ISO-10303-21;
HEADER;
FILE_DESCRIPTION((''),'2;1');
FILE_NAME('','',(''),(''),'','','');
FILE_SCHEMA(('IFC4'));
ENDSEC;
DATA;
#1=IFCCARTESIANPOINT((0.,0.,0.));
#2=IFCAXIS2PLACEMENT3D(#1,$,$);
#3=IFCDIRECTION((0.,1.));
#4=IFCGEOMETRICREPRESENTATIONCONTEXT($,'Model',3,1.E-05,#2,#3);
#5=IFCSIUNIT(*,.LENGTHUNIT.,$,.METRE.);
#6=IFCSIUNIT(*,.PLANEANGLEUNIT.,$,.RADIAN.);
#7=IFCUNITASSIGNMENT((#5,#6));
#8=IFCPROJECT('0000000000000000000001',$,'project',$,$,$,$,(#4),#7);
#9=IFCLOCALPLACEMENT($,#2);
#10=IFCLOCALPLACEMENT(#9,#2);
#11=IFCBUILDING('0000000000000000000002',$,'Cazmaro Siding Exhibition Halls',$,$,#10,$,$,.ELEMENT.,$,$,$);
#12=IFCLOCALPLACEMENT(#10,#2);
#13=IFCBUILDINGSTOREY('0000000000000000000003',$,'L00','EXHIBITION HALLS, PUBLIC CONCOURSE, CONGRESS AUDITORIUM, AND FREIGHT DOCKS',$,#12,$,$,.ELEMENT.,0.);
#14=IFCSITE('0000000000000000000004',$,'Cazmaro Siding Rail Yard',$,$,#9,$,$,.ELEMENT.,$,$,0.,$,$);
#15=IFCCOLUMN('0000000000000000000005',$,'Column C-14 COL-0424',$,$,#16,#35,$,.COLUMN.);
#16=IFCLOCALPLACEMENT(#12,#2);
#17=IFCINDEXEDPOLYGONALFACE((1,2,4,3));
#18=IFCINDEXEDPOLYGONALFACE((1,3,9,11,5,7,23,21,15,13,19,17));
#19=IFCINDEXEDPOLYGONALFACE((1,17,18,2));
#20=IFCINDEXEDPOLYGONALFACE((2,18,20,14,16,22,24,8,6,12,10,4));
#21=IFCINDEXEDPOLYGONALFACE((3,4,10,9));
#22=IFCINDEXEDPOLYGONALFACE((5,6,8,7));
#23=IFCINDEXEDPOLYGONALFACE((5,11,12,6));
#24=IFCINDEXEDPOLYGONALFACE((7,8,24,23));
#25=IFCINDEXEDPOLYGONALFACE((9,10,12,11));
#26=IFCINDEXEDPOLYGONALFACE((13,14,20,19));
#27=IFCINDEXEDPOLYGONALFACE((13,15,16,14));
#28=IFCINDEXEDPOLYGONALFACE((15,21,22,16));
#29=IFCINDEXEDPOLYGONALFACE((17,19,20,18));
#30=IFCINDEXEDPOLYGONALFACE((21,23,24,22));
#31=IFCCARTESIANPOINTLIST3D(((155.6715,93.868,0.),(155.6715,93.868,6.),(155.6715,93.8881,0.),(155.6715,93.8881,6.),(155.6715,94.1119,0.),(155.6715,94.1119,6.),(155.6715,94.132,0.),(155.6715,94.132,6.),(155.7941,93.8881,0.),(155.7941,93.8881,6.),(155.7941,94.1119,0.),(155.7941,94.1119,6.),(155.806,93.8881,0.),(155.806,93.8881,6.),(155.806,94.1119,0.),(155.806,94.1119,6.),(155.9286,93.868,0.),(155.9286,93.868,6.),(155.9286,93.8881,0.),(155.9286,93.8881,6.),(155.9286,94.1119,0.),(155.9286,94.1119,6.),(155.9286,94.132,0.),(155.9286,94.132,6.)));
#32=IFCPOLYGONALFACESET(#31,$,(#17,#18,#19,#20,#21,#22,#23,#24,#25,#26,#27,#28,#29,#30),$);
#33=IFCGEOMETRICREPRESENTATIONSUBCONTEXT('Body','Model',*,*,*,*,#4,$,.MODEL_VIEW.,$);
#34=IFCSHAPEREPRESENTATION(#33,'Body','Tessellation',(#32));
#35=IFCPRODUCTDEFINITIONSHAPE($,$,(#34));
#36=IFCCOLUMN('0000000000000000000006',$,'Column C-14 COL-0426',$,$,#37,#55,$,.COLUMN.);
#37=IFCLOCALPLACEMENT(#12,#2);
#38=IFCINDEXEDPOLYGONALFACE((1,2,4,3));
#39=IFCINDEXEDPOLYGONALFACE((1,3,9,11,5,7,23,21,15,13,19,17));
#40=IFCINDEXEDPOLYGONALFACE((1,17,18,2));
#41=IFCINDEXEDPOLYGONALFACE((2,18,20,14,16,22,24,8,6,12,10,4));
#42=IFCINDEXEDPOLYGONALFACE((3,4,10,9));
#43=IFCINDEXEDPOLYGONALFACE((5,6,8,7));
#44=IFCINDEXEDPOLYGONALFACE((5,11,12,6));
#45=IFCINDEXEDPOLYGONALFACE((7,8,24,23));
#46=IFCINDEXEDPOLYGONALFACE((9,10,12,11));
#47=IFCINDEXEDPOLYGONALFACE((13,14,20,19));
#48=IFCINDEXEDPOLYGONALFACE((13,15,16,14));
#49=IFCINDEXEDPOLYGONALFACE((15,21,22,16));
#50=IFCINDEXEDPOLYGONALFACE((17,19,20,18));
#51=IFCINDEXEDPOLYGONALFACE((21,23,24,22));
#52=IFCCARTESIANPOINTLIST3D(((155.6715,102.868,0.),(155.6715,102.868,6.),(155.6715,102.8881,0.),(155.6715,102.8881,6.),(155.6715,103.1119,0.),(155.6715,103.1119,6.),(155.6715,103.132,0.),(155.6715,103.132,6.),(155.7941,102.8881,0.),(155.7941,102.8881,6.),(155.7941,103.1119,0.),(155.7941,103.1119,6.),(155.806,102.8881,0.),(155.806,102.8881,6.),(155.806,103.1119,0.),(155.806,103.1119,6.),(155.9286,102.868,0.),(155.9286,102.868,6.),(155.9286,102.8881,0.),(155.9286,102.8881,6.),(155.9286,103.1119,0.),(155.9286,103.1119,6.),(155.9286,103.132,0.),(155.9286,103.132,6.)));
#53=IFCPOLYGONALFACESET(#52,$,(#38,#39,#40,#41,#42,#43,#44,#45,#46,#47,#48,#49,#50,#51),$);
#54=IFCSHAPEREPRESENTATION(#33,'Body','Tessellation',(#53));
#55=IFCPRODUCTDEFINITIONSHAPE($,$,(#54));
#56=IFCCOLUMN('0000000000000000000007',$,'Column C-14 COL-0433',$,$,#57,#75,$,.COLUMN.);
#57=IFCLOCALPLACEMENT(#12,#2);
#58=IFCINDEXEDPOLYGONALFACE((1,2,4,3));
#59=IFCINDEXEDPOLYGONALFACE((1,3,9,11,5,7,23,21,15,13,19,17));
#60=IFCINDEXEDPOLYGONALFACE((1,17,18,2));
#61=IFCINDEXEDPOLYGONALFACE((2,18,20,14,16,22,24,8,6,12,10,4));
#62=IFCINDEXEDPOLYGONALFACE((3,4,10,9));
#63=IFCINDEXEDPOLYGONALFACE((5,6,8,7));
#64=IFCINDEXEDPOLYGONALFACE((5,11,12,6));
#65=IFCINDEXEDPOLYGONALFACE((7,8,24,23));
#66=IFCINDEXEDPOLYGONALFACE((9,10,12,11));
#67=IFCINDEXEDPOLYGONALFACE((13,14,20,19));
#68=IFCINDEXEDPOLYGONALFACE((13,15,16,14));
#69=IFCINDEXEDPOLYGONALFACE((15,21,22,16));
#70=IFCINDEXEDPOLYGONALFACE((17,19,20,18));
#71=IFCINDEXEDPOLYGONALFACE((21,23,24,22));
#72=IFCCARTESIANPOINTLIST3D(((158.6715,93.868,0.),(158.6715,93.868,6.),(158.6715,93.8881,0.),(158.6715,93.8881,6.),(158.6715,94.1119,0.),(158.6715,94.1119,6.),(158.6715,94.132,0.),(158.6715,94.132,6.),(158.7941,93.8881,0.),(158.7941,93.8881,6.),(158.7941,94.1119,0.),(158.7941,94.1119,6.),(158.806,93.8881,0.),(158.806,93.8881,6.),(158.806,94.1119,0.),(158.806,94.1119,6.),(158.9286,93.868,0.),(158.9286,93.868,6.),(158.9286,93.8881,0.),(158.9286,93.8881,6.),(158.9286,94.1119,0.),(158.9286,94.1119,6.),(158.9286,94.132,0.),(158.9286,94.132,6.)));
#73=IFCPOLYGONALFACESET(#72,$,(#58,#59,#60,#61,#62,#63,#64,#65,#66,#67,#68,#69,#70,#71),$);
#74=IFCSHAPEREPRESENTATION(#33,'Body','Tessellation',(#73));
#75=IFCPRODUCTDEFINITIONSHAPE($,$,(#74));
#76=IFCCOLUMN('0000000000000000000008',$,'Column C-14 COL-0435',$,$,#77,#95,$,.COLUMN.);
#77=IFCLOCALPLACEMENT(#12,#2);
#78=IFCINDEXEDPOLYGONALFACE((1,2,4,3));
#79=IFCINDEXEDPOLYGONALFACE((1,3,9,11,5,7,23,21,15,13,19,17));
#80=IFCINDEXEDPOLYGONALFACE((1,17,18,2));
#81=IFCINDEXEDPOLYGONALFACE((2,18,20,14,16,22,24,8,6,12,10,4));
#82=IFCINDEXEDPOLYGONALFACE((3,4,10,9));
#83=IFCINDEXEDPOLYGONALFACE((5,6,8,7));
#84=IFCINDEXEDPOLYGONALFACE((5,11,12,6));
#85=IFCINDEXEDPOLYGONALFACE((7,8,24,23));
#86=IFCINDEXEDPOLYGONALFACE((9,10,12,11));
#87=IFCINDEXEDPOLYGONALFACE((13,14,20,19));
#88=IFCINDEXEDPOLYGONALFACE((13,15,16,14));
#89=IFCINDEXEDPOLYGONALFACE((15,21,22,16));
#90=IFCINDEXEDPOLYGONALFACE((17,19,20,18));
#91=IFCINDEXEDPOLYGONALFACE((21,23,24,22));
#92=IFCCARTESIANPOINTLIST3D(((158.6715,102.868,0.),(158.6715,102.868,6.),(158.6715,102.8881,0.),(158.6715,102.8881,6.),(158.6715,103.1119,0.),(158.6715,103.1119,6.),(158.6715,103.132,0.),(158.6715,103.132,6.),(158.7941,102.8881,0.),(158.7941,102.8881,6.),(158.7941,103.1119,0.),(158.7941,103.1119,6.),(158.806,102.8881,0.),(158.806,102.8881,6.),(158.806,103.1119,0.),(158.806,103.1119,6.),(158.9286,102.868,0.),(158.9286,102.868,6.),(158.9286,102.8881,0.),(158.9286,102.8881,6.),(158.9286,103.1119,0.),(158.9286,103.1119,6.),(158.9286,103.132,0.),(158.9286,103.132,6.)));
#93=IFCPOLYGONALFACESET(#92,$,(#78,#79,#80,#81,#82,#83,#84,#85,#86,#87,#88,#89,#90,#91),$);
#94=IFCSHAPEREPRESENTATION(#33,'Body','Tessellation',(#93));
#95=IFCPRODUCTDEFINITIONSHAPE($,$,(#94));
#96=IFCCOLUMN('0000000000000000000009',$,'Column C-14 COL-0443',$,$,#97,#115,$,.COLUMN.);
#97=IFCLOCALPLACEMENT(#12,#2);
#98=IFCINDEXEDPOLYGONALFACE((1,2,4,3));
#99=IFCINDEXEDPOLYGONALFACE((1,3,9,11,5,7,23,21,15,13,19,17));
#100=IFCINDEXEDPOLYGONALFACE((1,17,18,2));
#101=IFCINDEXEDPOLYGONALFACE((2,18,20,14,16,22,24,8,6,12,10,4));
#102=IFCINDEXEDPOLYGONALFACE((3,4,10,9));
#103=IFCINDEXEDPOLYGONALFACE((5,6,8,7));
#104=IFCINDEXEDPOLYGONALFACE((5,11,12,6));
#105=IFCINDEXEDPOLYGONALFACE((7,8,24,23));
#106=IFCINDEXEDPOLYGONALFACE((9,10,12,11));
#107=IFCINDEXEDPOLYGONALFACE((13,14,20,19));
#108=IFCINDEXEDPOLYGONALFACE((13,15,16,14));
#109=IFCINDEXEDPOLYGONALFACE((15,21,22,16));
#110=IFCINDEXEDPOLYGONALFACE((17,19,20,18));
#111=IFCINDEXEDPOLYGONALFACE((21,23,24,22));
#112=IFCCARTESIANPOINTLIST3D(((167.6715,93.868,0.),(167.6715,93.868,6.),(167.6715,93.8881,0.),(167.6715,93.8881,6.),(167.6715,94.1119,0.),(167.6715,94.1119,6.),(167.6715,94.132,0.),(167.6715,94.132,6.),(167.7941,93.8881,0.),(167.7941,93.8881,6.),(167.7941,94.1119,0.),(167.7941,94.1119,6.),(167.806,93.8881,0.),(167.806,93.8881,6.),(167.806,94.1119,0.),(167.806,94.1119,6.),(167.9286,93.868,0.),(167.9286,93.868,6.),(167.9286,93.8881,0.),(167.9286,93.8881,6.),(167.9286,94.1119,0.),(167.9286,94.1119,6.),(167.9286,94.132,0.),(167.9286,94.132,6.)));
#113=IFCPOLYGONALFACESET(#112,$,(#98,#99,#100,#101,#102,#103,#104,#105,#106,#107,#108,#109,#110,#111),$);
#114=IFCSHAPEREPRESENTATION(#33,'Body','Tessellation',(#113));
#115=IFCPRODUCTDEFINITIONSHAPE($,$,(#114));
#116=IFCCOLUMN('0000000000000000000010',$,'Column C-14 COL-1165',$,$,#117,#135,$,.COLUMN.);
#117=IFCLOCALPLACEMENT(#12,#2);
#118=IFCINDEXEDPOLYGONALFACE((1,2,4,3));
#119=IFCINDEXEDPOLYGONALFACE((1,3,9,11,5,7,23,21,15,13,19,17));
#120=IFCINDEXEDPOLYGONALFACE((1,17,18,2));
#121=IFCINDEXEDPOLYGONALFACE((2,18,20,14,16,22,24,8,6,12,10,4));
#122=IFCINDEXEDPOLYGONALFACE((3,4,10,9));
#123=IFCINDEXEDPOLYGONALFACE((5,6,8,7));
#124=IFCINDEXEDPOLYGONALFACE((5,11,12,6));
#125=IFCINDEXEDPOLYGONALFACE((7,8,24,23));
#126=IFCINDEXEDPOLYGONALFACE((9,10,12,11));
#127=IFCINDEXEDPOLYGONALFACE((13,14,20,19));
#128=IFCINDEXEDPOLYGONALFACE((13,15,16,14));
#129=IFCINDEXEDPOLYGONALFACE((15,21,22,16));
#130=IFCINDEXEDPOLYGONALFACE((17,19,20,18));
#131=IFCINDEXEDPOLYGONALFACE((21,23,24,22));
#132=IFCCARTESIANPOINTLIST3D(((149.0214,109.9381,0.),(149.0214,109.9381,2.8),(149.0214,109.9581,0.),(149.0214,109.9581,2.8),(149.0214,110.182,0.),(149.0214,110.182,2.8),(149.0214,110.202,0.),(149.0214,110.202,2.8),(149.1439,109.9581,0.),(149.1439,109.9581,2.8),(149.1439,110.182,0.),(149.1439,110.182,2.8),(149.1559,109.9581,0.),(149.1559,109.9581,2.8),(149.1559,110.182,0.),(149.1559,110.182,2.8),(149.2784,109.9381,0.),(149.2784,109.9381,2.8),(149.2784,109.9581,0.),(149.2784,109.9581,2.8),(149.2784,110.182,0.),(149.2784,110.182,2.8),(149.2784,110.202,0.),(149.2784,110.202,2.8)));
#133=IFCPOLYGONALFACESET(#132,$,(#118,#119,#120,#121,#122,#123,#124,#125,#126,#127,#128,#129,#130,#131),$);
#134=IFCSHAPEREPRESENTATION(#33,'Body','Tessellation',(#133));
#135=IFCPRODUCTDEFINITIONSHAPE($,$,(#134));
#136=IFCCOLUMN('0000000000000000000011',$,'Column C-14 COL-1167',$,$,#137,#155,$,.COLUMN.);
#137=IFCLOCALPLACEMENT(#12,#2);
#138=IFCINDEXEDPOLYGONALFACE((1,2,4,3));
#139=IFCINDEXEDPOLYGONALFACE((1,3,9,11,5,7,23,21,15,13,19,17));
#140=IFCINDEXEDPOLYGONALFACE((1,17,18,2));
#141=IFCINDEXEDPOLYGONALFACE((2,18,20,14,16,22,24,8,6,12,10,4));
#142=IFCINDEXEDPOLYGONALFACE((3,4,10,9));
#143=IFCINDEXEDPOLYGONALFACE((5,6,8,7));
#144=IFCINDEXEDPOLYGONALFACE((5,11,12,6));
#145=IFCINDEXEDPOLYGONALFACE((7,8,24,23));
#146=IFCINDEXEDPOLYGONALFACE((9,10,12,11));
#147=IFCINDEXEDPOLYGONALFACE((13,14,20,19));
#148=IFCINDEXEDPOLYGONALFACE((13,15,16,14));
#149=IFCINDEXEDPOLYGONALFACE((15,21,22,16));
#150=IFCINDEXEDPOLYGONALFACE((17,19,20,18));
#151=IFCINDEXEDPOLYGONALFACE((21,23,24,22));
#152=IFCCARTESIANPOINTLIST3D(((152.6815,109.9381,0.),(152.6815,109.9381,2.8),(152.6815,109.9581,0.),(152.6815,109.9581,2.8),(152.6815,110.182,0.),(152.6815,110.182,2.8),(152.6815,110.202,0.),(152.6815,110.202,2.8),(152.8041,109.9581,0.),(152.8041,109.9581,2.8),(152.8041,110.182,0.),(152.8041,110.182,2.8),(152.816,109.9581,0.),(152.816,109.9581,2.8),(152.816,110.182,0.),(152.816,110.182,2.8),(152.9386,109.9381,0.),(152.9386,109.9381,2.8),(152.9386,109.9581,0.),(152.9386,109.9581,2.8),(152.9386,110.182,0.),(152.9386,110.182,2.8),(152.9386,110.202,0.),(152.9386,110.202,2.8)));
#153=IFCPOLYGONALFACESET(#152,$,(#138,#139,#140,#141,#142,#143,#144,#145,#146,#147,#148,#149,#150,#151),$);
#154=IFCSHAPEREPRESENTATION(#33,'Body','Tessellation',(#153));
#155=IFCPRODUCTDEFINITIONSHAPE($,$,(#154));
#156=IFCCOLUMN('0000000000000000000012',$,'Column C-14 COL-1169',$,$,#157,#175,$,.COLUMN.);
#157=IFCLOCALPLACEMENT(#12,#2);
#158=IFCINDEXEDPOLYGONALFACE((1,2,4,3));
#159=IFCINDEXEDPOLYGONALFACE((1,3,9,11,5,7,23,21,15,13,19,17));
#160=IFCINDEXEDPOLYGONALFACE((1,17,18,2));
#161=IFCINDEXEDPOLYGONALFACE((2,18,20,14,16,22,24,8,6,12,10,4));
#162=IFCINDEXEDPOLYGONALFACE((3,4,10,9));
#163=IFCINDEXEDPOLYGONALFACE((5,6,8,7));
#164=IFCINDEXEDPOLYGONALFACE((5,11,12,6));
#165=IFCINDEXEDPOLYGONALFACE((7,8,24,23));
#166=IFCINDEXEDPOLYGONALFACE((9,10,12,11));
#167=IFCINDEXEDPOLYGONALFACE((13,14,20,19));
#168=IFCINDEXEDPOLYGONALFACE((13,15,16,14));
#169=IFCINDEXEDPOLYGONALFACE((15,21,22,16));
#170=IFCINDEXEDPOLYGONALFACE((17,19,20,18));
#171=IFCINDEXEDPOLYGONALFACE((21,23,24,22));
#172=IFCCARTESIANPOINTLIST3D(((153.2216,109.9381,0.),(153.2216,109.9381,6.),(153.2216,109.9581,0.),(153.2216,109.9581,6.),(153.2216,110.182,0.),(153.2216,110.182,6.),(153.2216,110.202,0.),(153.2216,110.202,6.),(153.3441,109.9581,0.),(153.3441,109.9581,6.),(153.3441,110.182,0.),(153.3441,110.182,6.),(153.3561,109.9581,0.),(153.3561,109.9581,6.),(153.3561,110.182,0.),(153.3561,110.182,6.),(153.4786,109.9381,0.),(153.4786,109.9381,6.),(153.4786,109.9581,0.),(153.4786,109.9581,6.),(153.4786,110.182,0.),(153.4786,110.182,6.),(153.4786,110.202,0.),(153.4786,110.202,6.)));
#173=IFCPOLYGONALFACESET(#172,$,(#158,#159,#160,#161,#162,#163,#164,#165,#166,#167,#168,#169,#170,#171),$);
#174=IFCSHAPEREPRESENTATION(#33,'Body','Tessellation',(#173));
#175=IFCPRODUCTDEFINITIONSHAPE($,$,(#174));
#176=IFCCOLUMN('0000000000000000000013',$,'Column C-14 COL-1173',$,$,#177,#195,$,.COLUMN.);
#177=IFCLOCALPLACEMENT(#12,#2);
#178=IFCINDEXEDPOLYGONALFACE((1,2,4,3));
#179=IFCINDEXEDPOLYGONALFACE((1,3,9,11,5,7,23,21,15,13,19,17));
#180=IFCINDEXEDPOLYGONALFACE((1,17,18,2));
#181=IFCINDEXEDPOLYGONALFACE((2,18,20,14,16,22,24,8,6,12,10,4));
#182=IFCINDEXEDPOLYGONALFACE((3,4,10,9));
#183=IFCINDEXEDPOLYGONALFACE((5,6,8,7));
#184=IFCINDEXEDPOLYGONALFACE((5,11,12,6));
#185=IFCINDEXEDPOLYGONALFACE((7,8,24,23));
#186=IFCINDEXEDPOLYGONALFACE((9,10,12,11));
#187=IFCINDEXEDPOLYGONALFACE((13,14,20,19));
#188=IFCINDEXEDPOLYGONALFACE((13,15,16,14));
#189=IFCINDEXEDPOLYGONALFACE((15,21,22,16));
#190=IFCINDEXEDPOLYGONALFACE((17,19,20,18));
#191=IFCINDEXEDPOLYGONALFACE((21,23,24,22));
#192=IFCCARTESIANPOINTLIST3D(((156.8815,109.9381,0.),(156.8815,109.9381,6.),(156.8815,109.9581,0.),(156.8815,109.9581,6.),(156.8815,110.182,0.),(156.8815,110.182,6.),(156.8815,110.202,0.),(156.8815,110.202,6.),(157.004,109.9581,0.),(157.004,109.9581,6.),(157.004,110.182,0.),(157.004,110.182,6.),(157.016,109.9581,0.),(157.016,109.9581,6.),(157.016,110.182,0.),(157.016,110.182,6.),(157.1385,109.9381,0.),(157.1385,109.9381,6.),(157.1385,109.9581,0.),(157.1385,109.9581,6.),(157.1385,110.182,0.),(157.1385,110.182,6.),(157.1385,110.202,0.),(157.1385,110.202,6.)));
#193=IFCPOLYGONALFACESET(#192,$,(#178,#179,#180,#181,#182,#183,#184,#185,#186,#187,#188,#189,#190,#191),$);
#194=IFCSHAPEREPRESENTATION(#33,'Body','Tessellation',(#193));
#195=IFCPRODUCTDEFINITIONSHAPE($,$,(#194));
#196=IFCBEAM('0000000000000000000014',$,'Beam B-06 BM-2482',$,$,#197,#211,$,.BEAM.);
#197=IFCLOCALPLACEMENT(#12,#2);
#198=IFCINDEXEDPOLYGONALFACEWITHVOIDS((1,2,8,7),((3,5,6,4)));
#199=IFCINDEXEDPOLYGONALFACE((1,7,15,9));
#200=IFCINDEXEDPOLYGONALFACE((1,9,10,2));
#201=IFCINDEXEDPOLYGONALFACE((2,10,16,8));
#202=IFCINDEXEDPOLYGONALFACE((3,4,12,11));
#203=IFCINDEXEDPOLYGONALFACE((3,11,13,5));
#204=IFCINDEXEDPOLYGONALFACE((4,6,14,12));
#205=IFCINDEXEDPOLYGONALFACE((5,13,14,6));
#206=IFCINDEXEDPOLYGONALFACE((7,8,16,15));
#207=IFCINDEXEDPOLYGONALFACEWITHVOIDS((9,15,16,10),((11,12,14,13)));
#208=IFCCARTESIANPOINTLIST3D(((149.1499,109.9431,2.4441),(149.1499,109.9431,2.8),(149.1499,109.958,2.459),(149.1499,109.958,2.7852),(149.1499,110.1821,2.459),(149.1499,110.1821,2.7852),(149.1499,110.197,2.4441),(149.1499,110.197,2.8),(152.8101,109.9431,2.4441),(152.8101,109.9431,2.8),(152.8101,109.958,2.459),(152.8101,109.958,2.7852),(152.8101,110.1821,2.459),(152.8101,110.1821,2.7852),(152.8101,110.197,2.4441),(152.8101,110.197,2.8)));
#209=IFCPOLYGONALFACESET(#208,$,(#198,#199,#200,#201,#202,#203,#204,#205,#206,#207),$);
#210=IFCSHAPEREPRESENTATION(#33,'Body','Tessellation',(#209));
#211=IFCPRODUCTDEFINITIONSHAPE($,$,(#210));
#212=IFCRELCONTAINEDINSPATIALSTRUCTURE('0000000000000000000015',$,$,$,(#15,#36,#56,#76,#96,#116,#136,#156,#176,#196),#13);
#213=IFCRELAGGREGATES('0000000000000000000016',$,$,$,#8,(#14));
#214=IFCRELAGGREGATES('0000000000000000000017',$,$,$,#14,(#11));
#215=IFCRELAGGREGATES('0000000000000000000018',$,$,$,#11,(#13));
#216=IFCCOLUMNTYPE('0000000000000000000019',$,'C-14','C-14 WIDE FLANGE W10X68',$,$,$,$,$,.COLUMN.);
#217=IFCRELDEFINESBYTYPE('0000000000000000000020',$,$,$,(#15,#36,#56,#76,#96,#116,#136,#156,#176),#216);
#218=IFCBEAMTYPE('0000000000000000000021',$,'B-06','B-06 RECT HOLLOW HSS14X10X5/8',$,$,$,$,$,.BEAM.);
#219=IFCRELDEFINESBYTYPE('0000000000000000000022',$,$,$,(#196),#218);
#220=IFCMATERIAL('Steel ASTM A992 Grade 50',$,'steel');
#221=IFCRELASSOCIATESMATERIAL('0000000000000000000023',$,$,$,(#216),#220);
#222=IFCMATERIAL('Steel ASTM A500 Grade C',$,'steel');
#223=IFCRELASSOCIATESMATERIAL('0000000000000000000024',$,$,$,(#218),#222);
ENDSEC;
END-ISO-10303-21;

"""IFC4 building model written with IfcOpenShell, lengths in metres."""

from ifc_helpers import new_model, si_unit, direction, frame, origin, origin_2d, place, context, subcontext, project, spatial, hollow_rectangle, i_section, extrude, material, material_profile, profile_set, type_object, element, save


model = new_model("IFC4")

# Units and contexts
model_context = context("Model", 3, precision=1e-05, world=origin(), true_north=direction((0.0, 1.0)))
body_context = subcontext(model_context, "Body", "Model", "MODEL_VIEW")
ifc_project = project(units=[si_unit("LENGTHUNIT", "METRE"), si_unit("PLANEANGLEUNIT", "RADIAN")], contexts=[model_context])

# Site, building, storey
site_placement = place(None, origin())
site = spatial("IfcSite", under=ifc_project, at=site_placement, Name="Cazmaro Siding Rail Yard", CompositionType="ELEMENT", RefElevation=0.0)
building_placement = place(site_placement, origin())
building = spatial("IfcBuilding", under=site, at=building_placement, Name="Cazmaro Siding Exhibition Halls", CompositionType="ELEMENT")
storey_placement = place(building_placement, origin())
storey = spatial("IfcBuildingStorey", under=building, at=storey_placement, Name="L00", Description="EXHIBITION HALLS, PUBLIC CONCOURSE, CONGRESS AUDITORIUM, AND FREIGHT DOCKS", CompositionType="ELEMENT", Elevation=0.0)

# Columns
ifc_material_1 = material(Name="Steel ASTM A992 Grade 50", Category="steel")
ifc_material_profile_1 = material_profile(ifc_material_1, i_section(OverallWidth=0.2571, OverallDepth=0.2639, WebThickness=0.012, FlangeThickness=0.02, at=origin_2d()), Name="W10X68")
ifc_profile_set_1 = profile_set([ifc_material_profile_1], Name="Steel ASTM A992 Grade 50")
column_type_1 = type_object("IfcColumnType", Name="C-14", Description="C-14 WIDE FLANGE W10X68", PredefinedType="COLUMN", material=ifc_profile_set_1)
for number, where, z_axis, x_axis, name in (
    (1, (155.8, 94.0, 0.0), (0.0, 0.0, 1.0), (1.0, 0.0, 0.0), "Column C-14 COL-0424"),
    (2, (155.8, 103.0, 0.0), (0.0, 0.0, 1.0), (1.0, 0.0, 0.0), "Column C-14 COL-0426"),
    (3, (158.8, 94.0, 0.0), (0.0, 0.0, 1.0), (1.0, 0.0, 0.0), "Column C-14 COL-0433"),
    (4, (158.8, 103.0, 0.0), (0.0, 0.0, 1.0), (1.0, 0.0, 0.0), "Column C-14 COL-0435"),
    (5, (167.8, 94.0, 0.0), (0.0, 0.0, 1.0), (1.0, 0.0, 0.0), "Column C-14 COL-0443"),
):
    element("IfcColumn", number, at=place(storey_placement, frame(where, z_axis=z_axis, x_axis=x_axis)), inside=storey, type_object=column_type_1, Name=name, PredefinedType="COLUMN", context=body_context, shape_type="SweptSolid", body=[
        extrude(i_section(OverallWidth=0.2571, OverallDepth=0.2639, WebThickness=0.012, FlangeThickness=0.02, at=origin_2d()), origin(), (0.0, 0.0, 1.0), 6.0),
    ])
for number, where, z_axis, x_axis, name in (
    (6, (149.1499, 110.0701, 0.0), (0.0, 0.0, 1.0), (1.0, 0.0, 0.0), "Column C-14 COL-1165"),
    (7, (152.8101, 110.0701, 0.0), (0.0, 0.0, 1.0), (1.0, 0.0, 0.0), "Column C-14 COL-1167"),
):
    element("IfcColumn", number, at=place(storey_placement, frame(where, z_axis=z_axis, x_axis=x_axis)), inside=storey, type_object=column_type_1, Name=name, PredefinedType="COLUMN", context=body_context, shape_type="SweptSolid", body=[
        extrude(i_section(OverallWidth=0.2571, OverallDepth=0.2639, WebThickness=0.012, FlangeThickness=0.02, at=origin_2d()), origin(), (0.0, 0.0, 1.0), 2.8),
    ])
for number, where, z_axis, x_axis, name in (
    (8, (153.3501, 110.0701, 0.0), (0.0, 0.0, 1.0), (1.0, 0.0, 0.0), "Column C-14 COL-1169"),
    (9, (157.01, 110.0701, 0.0), (0.0, 0.0, 1.0), (1.0, 0.0, 0.0), "Column C-14 COL-1173"),
):
    element("IfcColumn", number, at=place(storey_placement, frame(where, z_axis=z_axis, x_axis=x_axis)), inside=storey, type_object=column_type_1, Name=name, PredefinedType="COLUMN", context=body_context, shape_type="SweptSolid", body=[
        extrude(i_section(OverallWidth=0.2571, OverallDepth=0.2639, WebThickness=0.012, FlangeThickness=0.02, at=origin_2d()), origin(), (0.0, 0.0, 1.0), 6.0),
    ])

# Beam
ifc_material_2 = material(Name="Steel ASTM A500 Grade C", Category="steel")
ifc_material_profile_2 = material_profile(ifc_material_2, hollow_rectangle(XDim=0.2539, YDim=0.356, WallThickness=0.0149, at=origin_2d()), Name="HSS14X10X5/8")
ifc_profile_set_2 = profile_set([ifc_material_profile_2], Name="Steel ASTM A500 Grade C")
beam_type = type_object("IfcBeamType", Name="B-06", Description="B-06 RECT HOLLOW HSS14X10X5/8", PredefinedType="BEAM", material=ifc_profile_set_2)
beam_placement = place(storey_placement, frame((149.1499, 110.0701, 2.6221), z_axis=(1.0, 0.0, 0.0), x_axis=(0.0, 1.0, 0.0)))
element("IfcBeam", 10, at=beam_placement, inside=storey, type_object=beam_type, Name="Beam B-06 BM-2482", PredefinedType="BEAM", context=body_context, shape_type="SweptSolid", body=[
    extrude(hollow_rectangle(XDim=0.2539, YDim=0.356, WallThickness=0.0149, at=origin_2d()), origin(), (0.0, 0.0, 1.0), 3.6602),
])

save(model, "model.ifc")
